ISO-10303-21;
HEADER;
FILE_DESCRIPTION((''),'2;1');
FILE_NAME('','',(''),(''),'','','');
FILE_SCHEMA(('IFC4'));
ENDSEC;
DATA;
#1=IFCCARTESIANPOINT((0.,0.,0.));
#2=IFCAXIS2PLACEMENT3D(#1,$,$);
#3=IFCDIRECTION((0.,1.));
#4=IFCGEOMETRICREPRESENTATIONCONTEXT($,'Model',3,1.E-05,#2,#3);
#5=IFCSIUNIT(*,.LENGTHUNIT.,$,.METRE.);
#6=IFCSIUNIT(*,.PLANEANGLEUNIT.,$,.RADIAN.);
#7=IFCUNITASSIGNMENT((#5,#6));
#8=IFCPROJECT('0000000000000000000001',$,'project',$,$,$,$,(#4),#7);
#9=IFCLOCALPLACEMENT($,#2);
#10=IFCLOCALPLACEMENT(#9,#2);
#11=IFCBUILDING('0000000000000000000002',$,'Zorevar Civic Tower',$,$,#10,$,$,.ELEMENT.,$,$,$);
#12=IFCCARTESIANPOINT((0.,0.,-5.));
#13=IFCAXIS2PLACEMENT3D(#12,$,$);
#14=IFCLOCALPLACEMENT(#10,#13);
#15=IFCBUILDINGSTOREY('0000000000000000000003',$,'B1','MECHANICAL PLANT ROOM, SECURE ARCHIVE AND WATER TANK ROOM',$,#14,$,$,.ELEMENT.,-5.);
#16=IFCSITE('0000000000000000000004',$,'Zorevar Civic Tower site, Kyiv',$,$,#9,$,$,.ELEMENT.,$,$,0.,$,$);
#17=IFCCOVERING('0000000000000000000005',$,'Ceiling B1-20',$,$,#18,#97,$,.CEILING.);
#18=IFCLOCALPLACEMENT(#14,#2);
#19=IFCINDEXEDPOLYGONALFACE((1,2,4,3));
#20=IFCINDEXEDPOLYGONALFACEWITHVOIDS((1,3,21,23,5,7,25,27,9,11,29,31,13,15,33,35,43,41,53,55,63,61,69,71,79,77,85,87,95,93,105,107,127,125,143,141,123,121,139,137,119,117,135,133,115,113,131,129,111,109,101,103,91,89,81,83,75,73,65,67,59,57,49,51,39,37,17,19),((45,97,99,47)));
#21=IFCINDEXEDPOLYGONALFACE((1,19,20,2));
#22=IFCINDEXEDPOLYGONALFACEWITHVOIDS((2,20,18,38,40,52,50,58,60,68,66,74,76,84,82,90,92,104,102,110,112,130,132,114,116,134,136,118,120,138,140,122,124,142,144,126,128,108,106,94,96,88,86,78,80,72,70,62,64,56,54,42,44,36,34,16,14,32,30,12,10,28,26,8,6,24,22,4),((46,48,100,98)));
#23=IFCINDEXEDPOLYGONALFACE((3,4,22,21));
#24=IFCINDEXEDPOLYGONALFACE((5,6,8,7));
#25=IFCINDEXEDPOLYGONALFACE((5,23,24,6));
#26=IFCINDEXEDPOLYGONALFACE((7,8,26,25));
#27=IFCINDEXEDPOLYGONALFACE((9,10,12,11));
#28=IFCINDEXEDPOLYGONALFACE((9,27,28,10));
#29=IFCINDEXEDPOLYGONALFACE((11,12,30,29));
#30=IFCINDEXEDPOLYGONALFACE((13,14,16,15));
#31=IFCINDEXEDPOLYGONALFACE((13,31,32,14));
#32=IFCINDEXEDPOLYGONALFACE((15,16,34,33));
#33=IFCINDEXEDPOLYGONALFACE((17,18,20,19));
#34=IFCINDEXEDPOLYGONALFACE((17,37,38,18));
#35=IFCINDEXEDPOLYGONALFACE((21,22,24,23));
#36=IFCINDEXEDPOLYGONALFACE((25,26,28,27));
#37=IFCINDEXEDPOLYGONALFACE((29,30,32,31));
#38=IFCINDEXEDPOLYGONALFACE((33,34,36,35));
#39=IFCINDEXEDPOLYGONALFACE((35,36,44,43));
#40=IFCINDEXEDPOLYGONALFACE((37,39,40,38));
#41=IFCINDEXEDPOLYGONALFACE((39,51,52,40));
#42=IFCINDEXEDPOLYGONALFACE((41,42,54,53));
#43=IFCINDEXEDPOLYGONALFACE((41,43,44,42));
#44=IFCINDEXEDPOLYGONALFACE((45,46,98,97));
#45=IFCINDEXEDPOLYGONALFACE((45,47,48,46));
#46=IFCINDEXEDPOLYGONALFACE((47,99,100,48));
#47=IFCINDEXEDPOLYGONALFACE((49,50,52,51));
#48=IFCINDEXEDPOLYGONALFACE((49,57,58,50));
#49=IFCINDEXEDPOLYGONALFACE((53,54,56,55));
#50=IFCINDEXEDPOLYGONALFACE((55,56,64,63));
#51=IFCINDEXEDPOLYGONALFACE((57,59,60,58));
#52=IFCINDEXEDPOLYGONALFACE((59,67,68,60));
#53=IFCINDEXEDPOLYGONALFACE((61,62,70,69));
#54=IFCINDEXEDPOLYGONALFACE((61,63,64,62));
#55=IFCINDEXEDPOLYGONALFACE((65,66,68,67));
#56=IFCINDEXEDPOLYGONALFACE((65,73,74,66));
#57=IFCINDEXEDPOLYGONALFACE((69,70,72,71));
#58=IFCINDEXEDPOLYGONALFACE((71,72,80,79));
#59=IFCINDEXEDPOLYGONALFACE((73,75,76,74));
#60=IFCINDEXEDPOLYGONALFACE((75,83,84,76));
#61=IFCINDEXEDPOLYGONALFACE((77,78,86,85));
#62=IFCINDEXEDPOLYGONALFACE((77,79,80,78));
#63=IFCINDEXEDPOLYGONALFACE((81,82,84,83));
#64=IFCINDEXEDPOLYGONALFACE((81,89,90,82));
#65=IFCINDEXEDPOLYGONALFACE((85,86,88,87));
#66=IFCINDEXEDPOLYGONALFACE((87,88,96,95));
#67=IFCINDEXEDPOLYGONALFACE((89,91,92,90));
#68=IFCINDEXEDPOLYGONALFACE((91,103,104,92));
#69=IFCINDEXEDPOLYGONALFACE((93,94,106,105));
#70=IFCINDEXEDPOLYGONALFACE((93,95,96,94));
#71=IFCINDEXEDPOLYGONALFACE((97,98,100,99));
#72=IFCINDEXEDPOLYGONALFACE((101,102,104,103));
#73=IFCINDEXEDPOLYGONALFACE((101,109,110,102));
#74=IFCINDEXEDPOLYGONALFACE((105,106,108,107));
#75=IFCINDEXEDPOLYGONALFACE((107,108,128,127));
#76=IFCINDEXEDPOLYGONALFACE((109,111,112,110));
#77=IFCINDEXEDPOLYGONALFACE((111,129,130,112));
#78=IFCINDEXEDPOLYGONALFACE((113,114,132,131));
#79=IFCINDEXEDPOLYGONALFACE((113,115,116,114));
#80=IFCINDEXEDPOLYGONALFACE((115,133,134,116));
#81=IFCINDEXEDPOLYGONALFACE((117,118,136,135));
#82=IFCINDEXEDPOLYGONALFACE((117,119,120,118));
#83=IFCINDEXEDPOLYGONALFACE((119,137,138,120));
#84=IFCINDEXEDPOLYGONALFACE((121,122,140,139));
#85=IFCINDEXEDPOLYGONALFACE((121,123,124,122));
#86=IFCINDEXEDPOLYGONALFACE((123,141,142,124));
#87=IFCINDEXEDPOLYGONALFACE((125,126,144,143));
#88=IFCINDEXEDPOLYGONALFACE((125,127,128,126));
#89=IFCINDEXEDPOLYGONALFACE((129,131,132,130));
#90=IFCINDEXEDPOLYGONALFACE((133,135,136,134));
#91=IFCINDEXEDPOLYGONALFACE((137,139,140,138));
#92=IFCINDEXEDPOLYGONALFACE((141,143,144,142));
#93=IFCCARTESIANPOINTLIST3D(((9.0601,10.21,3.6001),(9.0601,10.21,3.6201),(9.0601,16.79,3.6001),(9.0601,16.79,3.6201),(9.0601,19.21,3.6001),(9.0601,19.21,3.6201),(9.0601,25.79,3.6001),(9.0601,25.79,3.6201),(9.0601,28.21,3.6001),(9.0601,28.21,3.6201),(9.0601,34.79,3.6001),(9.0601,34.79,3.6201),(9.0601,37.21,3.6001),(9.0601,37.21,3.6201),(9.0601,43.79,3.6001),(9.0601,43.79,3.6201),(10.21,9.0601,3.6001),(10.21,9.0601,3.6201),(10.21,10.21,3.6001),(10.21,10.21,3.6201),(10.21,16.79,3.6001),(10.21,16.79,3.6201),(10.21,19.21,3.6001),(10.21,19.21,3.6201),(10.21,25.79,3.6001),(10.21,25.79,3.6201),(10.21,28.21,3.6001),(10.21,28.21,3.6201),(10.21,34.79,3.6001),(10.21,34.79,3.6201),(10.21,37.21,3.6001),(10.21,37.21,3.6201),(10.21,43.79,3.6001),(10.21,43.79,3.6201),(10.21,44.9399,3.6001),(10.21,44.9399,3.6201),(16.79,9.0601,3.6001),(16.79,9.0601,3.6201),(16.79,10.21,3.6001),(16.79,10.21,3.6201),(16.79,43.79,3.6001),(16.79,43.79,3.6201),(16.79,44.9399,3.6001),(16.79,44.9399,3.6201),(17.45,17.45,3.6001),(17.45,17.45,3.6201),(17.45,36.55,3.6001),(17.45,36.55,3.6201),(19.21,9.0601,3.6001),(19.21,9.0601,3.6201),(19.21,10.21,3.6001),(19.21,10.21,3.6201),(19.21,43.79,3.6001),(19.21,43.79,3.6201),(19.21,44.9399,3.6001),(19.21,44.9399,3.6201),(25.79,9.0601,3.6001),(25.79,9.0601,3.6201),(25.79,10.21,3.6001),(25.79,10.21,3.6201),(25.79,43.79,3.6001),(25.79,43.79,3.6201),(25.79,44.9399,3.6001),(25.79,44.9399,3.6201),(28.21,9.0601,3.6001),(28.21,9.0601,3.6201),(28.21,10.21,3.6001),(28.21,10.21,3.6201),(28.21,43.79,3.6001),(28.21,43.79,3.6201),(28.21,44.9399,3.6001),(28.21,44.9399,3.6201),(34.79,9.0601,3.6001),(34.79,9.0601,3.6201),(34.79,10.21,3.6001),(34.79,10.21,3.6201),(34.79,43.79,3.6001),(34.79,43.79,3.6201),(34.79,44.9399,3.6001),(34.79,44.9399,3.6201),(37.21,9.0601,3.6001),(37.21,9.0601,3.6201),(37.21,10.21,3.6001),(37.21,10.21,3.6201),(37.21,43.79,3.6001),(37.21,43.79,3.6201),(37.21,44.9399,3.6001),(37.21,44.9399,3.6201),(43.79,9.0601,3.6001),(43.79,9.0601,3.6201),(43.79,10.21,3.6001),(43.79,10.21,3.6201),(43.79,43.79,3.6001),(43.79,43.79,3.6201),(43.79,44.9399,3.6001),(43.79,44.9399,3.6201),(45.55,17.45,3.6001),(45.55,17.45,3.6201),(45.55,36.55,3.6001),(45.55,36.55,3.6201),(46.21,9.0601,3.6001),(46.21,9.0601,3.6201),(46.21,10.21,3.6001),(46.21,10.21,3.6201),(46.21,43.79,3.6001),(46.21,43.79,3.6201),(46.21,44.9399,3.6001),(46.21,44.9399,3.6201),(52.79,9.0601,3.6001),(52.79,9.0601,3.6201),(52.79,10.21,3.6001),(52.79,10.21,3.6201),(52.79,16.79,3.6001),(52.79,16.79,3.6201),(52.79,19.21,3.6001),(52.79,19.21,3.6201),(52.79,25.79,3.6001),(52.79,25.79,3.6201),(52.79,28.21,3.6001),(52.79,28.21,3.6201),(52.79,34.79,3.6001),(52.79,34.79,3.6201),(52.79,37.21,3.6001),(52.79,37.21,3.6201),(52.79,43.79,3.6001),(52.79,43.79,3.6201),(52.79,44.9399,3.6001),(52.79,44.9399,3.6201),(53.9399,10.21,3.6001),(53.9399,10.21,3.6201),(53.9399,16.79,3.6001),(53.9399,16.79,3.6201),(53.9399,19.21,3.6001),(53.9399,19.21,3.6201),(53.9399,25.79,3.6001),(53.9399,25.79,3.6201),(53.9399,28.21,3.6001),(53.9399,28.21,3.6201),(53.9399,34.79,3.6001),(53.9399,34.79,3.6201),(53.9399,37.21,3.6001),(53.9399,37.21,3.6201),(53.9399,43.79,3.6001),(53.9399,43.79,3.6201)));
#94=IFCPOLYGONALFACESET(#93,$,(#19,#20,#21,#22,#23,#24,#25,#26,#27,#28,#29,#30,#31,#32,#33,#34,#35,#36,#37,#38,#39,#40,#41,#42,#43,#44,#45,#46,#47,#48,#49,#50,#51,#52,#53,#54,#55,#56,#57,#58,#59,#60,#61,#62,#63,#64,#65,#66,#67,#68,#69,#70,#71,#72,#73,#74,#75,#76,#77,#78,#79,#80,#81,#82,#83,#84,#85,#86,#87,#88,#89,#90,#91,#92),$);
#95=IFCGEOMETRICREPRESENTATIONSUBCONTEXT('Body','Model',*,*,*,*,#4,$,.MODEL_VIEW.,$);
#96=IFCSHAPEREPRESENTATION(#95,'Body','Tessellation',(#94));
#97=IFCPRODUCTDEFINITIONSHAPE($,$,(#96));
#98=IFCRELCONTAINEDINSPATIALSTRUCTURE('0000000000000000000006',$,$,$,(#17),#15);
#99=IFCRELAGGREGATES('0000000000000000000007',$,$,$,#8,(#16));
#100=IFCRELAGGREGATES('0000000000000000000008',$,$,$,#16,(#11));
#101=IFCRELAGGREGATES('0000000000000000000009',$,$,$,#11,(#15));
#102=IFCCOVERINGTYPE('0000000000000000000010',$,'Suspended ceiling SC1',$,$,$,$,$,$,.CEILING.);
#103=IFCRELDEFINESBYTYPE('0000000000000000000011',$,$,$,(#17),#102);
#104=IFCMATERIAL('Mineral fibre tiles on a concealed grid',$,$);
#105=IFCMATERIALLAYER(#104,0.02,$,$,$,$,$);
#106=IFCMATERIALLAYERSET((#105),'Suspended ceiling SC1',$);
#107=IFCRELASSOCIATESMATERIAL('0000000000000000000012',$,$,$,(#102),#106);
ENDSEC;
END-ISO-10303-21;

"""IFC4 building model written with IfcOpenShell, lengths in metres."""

from ifc_helpers import new_model, si_unit, direction, frame, origin, place, context, subcontext, project, spatial, polyline, outline, extrude, material, layer, layer_set, type_object, element, save


model = new_model("IFC4")

# Units and contexts
model_context = context("Model", 3, precision=1e-05, world=origin(), true_north=direction((0.0, 1.0)))
body_context = subcontext(model_context, "Body", "Model", "MODEL_VIEW")
ifc_project = project(units=[si_unit("LENGTHUNIT", "METRE"), si_unit("PLANEANGLEUNIT", "RADIAN")], contexts=[model_context])

# Site, building, storey
site_placement = place(None, origin())
site = spatial("IfcSite", under=ifc_project, at=site_placement, Name="Zorevar Civic Tower site, Kyiv", CompositionType="ELEMENT", RefElevation=0.0)
building_placement = place(site_placement, origin())
building = spatial("IfcBuilding", under=site, at=building_placement, Name="Zorevar Civic Tower", CompositionType="ELEMENT")
storey_placement = place(building_placement, frame((0.0, 0.0, -5.0)))
storey = spatial("IfcBuildingStorey", under=building, at=storey_placement, Name="B1", Description="MECHANICAL PLANT ROOM, SECURE ARCHIVE AND WATER TANK ROOM", CompositionType="ELEMENT", Elevation=-5.0)

# Covering
ifc_material_1 = material(Name="Mineral fibre tiles on a concealed grid")
ifc_layer_1 = layer(ifc_material_1, 0.02)
ifc_layer_set_1 = layer_set([ifc_layer_1], Name="Suspended ceiling SC1")
covering_type_1 = type_object("IfcCoveringType", Name="Suspended ceiling SC1", PredefinedType="CEILING", material=ifc_layer_set_1)
covering_1_placement = place(storey_placement, frame((0.0, 0.0, 3.6001)))
element("IfcCovering", 1, at=covering_1_placement, inside=storey, type_object=covering_type_1, Name="Ceiling B1-20", PredefinedType="CEILING", context=body_context, shape_type="SweptSolid", body=[
    extrude(outline(polyline([(52.79, 28.21), (52.79, 25.79), (53.9399, 25.79), (53.9399, 19.21), (52.79, 19.21), (52.79, 16.79), (53.9399, 16.79), (53.9399, 10.21), (52.79, 10.21), (52.79, 9.0601), (46.21, 9.0601), (46.21, 10.21), (43.79, 10.21), (43.79, 9.0601), (37.21, 9.0601), (37.21, 10.21), (34.79, 10.21), (34.79, 9.0601), (28.21, 9.0601), (28.21, 10.21), (25.79, 10.21), (25.79, 9.0601), (19.21, 9.0601), (19.21, 10.21), (16.79, 10.21), (16.79, 9.0601), (10.21, 9.0601), (10.21, 10.21), (9.0601, 10.21), (9.0601, 16.79), (10.21, 16.79), (10.21, 19.21), (9.0601, 19.21), (9.0601, 25.79), (10.21, 25.79), (10.21, 28.21), (9.0601, 28.21), (9.0601, 34.79), (10.21, 34.79), (10.21, 37.21), (9.0601, 37.21), (9.0601, 43.79), (10.21, 43.79), (10.21, 44.9399), (16.79, 44.9399), (16.79, 43.79), (19.21, 43.79), (19.21, 44.9399), (25.79, 44.9399), (25.79, 43.79), (28.21, 43.79), (28.21, 44.9399), (34.79, 44.9399), (34.79, 43.79), (37.21, 43.79), (37.21, 44.9399), (43.79, 44.9399), (43.79, 43.79), (46.21, 43.79), (46.21, 44.9399), (52.79, 44.9399), (52.79, 43.79), (53.9399, 43.79), (53.9399, 37.21), (52.79, 37.21), (52.79, 34.79), (53.9399, 34.79), (53.9399, 28.21), (52.79, 28.21)]), holes=[polyline([(17.45, 17.45), (45.55, 17.45), (45.55, 36.55), (17.45, 36.55), (17.45, 17.45)])]), origin(), (0.0, 0.0, 1.0), 0.02),
])

save(model, "model.ifc")
